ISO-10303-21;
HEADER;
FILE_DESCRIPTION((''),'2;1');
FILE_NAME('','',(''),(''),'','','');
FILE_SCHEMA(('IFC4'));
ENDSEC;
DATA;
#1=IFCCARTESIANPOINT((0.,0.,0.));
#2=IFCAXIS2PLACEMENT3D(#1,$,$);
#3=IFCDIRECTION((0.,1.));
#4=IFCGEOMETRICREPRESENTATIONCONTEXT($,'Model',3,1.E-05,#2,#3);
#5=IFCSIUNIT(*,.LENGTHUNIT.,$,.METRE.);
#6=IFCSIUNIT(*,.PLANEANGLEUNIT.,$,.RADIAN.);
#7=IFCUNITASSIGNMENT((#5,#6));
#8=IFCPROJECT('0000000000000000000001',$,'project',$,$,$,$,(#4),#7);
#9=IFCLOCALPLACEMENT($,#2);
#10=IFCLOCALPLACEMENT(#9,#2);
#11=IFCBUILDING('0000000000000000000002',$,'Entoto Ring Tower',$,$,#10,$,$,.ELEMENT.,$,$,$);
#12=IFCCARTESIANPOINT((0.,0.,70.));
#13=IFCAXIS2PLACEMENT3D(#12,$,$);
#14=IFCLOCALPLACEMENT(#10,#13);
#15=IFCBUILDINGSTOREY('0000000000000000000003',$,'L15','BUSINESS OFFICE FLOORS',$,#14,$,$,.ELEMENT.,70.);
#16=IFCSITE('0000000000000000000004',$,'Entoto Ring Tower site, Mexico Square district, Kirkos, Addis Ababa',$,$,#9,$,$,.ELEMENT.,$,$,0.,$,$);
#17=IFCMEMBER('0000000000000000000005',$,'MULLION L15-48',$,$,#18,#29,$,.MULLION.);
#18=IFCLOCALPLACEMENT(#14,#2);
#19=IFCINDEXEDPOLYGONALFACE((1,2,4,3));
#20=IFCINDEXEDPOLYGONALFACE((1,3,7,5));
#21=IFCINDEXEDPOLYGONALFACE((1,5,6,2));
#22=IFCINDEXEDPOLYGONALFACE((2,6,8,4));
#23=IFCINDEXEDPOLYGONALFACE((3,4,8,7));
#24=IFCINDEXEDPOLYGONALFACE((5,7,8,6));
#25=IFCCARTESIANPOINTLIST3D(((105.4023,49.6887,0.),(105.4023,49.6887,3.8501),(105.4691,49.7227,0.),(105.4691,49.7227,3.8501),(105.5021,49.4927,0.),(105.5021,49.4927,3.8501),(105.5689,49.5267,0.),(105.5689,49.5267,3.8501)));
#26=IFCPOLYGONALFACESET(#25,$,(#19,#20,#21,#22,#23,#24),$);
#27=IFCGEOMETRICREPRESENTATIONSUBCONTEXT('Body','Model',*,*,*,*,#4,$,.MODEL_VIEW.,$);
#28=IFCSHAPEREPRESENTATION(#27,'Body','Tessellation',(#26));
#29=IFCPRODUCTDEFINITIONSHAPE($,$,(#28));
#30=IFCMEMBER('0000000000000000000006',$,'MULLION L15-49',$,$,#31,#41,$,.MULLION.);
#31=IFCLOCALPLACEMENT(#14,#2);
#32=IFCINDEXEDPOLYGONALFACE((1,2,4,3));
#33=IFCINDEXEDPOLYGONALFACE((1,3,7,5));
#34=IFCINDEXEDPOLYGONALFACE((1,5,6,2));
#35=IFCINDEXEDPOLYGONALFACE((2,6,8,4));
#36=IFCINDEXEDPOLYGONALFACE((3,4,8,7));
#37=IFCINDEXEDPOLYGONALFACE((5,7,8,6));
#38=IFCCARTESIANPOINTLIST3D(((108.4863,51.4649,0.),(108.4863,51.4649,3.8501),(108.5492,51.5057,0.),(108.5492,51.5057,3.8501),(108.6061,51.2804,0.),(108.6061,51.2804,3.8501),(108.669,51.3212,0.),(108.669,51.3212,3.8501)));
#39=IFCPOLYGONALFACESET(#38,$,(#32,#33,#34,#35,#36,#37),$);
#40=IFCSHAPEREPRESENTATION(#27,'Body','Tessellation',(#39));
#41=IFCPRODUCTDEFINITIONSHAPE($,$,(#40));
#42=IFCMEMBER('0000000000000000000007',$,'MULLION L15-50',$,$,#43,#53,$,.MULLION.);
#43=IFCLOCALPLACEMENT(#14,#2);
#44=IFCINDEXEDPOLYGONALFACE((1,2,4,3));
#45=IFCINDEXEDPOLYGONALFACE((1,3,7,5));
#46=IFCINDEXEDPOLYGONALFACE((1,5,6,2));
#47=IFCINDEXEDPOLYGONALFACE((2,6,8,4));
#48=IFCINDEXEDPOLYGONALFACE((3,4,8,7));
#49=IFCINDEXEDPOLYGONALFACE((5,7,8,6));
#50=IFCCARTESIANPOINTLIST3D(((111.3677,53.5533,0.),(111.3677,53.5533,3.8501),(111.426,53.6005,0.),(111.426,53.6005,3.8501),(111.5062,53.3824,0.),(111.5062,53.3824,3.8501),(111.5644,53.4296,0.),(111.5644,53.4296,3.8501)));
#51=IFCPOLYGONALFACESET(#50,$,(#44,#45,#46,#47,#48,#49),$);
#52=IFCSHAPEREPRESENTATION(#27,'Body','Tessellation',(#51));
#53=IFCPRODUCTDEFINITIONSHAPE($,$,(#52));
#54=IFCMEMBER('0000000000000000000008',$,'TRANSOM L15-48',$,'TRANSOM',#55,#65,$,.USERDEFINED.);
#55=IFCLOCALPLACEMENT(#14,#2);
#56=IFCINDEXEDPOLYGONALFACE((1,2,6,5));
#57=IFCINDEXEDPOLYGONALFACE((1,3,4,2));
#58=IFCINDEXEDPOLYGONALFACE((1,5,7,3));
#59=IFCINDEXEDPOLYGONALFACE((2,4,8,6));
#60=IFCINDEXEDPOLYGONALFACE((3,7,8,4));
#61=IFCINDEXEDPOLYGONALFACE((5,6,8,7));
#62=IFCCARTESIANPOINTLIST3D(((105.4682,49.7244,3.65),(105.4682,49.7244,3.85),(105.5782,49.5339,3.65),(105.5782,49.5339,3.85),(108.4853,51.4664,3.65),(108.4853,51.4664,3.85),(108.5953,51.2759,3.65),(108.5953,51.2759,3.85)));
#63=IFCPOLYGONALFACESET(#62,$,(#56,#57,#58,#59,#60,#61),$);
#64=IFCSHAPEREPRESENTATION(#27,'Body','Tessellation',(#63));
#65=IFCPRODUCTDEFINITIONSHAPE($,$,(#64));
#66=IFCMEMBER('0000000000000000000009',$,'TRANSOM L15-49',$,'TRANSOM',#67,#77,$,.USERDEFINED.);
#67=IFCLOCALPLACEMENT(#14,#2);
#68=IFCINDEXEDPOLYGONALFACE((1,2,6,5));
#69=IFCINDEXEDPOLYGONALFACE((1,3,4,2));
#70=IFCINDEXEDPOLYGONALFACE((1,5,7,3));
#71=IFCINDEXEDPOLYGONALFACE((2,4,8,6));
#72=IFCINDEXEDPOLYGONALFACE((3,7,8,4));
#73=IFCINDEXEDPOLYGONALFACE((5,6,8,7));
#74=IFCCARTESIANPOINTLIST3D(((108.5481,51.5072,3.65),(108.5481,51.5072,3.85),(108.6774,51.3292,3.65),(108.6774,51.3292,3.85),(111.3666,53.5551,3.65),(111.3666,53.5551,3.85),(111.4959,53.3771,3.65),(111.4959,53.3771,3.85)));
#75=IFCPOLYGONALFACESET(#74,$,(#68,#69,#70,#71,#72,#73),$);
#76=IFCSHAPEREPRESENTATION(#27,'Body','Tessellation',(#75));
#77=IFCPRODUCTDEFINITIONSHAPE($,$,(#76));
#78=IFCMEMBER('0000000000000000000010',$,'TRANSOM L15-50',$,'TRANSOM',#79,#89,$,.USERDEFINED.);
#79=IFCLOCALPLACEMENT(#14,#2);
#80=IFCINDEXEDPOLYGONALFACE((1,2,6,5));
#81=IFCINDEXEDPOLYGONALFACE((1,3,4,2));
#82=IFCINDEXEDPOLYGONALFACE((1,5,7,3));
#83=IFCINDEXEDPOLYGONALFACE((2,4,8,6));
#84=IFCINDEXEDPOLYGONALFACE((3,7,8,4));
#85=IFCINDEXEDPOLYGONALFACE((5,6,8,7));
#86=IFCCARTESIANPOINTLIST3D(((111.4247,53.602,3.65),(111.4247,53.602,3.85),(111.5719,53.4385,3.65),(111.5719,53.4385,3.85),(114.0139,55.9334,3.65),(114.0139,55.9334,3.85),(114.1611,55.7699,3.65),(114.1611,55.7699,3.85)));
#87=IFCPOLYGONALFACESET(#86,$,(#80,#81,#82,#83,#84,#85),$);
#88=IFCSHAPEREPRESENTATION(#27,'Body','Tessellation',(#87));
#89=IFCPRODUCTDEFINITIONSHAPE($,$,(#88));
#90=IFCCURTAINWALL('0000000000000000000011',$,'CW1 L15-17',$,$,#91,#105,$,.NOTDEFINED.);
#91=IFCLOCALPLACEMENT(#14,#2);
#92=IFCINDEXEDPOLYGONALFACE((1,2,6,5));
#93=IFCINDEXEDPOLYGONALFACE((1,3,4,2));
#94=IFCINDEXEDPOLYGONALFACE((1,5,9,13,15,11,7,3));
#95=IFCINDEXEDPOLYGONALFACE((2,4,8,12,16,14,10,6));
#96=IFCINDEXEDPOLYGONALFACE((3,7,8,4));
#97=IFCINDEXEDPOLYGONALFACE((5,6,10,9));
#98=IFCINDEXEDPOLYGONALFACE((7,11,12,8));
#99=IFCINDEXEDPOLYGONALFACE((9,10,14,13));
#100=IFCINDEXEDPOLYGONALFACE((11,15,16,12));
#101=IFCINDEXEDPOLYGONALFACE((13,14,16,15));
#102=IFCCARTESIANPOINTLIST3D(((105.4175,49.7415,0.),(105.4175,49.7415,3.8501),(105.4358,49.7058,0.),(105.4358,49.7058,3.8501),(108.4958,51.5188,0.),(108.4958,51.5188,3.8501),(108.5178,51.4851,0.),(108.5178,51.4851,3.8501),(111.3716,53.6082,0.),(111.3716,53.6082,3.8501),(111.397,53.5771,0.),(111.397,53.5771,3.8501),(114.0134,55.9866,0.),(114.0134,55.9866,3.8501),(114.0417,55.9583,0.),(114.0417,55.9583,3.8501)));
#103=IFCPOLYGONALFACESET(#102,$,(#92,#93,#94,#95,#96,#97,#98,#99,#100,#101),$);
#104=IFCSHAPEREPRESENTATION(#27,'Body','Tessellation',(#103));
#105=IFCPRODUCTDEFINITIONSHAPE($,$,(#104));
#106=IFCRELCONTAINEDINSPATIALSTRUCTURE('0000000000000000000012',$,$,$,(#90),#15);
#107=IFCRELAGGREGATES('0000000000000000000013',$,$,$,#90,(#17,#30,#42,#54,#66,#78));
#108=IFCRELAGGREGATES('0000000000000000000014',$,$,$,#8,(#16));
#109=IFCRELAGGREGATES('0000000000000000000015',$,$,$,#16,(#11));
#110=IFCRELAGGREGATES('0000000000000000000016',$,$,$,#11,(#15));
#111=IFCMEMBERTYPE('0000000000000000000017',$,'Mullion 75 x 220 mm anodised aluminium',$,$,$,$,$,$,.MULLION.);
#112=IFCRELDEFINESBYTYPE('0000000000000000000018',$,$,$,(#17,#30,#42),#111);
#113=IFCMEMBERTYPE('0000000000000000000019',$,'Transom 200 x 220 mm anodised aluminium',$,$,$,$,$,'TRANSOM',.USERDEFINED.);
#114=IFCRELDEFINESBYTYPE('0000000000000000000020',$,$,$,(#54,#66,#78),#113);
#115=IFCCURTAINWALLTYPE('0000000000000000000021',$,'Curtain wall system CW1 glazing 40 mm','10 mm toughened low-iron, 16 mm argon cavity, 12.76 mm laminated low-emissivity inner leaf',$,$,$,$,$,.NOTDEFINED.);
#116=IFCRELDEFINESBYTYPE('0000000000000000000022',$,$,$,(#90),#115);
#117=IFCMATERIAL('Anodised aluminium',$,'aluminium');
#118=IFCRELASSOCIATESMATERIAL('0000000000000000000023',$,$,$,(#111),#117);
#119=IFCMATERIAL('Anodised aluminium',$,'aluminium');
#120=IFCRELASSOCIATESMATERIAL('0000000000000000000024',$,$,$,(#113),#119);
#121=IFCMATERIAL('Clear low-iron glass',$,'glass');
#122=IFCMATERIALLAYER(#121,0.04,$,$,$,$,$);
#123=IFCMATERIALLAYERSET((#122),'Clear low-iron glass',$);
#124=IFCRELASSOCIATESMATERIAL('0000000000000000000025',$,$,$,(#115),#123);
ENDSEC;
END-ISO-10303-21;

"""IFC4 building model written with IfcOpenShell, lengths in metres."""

from ifc_helpers import new_model, si_unit, direction, frame, origin, origin_2d, place, context, subcontext, project, spatial, polyline, rectangle, outline, extrude, material, layer, layer_set, material_profile, profile_set, type_object, element, aggregate, save


model = new_model("IFC4")

# Units and contexts
model_context = context("Model", 3, precision=1e-05, world=origin(), true_north=direction((0.0, 1.0)))
body_context = subcontext(model_context, "Body", "Model", "MODEL_VIEW")
ifc_project = project(units=[si_unit("LENGTHUNIT", "METRE"), si_unit("PLANEANGLEUNIT", "RADIAN")], contexts=[model_context])

# Members
ifc_material_1 = material(Name="Anodised aluminium", Category="aluminium")
ifc_material_profile_1 = material_profile(ifc_material_1, rectangle(XDim=0.075, YDim=0.22, at=origin_2d()), Name="Mullion 75 x 220 mm anodised aluminium")
ifc_profile_set_1 = profile_set([ifc_material_profile_1], Name="Anodised aluminium")
member_type_1 = type_object("IfcMemberType", Name="Mullion 75 x 220 mm anodised aluminium", PredefinedType="MULLION", material=ifc_profile_set_1)
site_placement = place(None, origin())
building_placement = place(site_placement, origin())
storey_placement = place(building_placement, frame((0.0, 0.0, 70.0)))
member_1_placement = place(storey_placement, frame((105.4856, 49.6077, 0.0), z_axis=(0.0, 0.0, 1.0), x_axis=(0.891007, 0.45399, 0.0)))
member_1 = element("IfcMember", 1, at=member_1_placement, type_object=member_type_1, Name="MULLION L15-48", PredefinedType="MULLION", context=body_context, shape_type="SweptSolid", body=[
    extrude(rectangle(XDim=0.075, YDim=0.22, at=origin_2d()), origin(), (0.0, 0.0, 1.0), 3.8501),
])
member_2_placement = place(storey_placement, frame((108.5776, 51.3931, 0.0), z_axis=(0.0, 0.0, 1.0), x_axis=(0.838671, 0.544639, 0.0)))
member_2 = element("IfcMember", 2, at=member_2_placement, type_object=member_type_1, Name="MULLION L15-49", PredefinedType="MULLION", context=body_context, shape_type="SweptSolid", body=[
    extrude(rectangle(XDim=0.075, YDim=0.22, at=origin_2d()), origin(), (0.0, 0.0, 1.0), 3.8501),
])
member_3_placement = place(storey_placement, frame((111.4661, 53.4915, 0.0), z_axis=(0.0, 0.0, 1.0), x_axis=(0.777146, 0.62932, 0.0)))
member_3 = element("IfcMember", 3, at=member_3_placement, type_object=member_type_1, Name="MULLION L15-50", PredefinedType="MULLION", context=body_context, shape_type="SweptSolid", body=[
    extrude(rectangle(XDim=0.075, YDim=0.22, at=origin_2d()), origin(), (0.0, 0.0, 1.0), 3.8501),
])
ifc_material_2 = material(Name="Anodised aluminium", Category="aluminium")
ifc_material_profile_2 = material_profile(ifc_material_2, rectangle(XDim=0.22, YDim=0.2, at=origin_2d()), Name="Transom 200 x 220 mm anodised aluminium")
ifc_profile_set_2 = profile_set([ifc_material_profile_2], Name="Anodised aluminium")
member_type_2 = type_object("IfcMemberType", Name="Transom 200 x 220 mm anodised aluminium", ElementType="TRANSOM", PredefinedType="USERDEFINED", material=ifc_profile_set_2)
member_4_placement = place(storey_placement, frame((105.5232, 49.6292, 3.75), z_axis=(0.866022, 0.500006, 0.0), x_axis=(-0.500006, 0.866022, 0.0)))
member_4 = element("IfcMember", 4, at=member_4_placement, type_object=member_type_2, Name="TRANSOM L15-48", ObjectType="TRANSOM", PredefinedType="USERDEFINED", context=body_context, shape_type="SweptSolid", body=[
    extrude(rectangle(XDim=0.22, YDim=0.2, at=origin_2d()), origin(), (0.0, 0.0, 1.0), 3.4839),
])
member_5_placement = place(storey_placement, frame((108.6128, 51.4182, 3.75), z_axis=(0.808991, 0.587822, 0.0), x_axis=(-0.587822, 0.808991, 0.0)))
member_5 = element("IfcMember", 5, at=member_5_placement, type_object=member_type_2, Name="TRANSOM L15-49", ObjectType="TRANSOM", PredefinedType="USERDEFINED", context=body_context, shape_type="SweptSolid", body=[
    extrude(rectangle(XDim=0.22, YDim=0.2, at=origin_2d()), origin(), (0.0, 0.0, 1.0), 3.4839),
])
member_6_placement = place(storey_placement, frame((111.4983, 53.5203, 3.75), z_axis=(0.743137, 0.669139, 0.0), x_axis=(-0.669139, 0.743137, 0.0)))
member_6 = element("IfcMember", 6, at=member_6_placement, type_object=member_type_2, Name="TRANSOM L15-50", ObjectType="TRANSOM", PredefinedType="USERDEFINED", context=body_context, shape_type="SweptSolid", body=[
    extrude(rectangle(XDim=0.22, YDim=0.2, at=origin_2d()), origin(), (0.0, 0.0, 1.0), 3.4841),
])

# Site, building, storey
site = spatial("IfcSite", under=ifc_project, at=site_placement, Name="Entoto Ring Tower site, Mexico Square district, Kirkos, Addis Ababa", CompositionType="ELEMENT", RefElevation=0.0)
building = spatial("IfcBuilding", under=site, at=building_placement, Name="Entoto Ring Tower", CompositionType="ELEMENT")
storey = spatial("IfcBuildingStorey", under=building, at=storey_placement, Name="L15", Description="BUSINESS OFFICE FLOORS", CompositionType="ELEMENT", Elevation=70.0)

# Curtain wall
ifc_material_3 = material(Name="Clear low-iron glass", Category="glass")
ifc_layer_1 = layer(ifc_material_3, 0.04)
ifc_layer_set_1 = layer_set([ifc_layer_1], Name="Clear low-iron glass")
curtain_wall_type = type_object("IfcCurtainWallType", Name="Curtain wall system CW1 glazing 40 mm", Description="10 mm toughened low-iron, 16 mm argon cavity, 12.76 mm laminated low-emissivity inner leaf", PredefinedType="NOTDEFINED", material=ifc_layer_set_1)
curtain_wall_1_placement = place(storey_placement, origin())
curtain_wall_1 = element("IfcCurtainWall", 7, at=curtain_wall_1_placement, inside=storey, type_object=curtain_wall_type, Name="CW1 L15-17", PredefinedType="NOTDEFINED", context=body_context, shape_type="SweptSolid", body=[
    extrude(outline(polyline([(105.4358, 49.7058), (108.5178, 51.4851), (111.397, 53.5771), (114.0417, 55.9583), (114.0134, 55.9866), (111.3716, 53.6082), (108.4958, 51.5188), (105.4175, 49.7415), (105.4358, 49.7058)])), origin(), (0.0, 0.0, 1.0), 3.8501),
])
aggregate(curtain_wall_1, [member_1, member_2, member_3, member_4, member_5, member_6])

save(model, "model.ifc")
